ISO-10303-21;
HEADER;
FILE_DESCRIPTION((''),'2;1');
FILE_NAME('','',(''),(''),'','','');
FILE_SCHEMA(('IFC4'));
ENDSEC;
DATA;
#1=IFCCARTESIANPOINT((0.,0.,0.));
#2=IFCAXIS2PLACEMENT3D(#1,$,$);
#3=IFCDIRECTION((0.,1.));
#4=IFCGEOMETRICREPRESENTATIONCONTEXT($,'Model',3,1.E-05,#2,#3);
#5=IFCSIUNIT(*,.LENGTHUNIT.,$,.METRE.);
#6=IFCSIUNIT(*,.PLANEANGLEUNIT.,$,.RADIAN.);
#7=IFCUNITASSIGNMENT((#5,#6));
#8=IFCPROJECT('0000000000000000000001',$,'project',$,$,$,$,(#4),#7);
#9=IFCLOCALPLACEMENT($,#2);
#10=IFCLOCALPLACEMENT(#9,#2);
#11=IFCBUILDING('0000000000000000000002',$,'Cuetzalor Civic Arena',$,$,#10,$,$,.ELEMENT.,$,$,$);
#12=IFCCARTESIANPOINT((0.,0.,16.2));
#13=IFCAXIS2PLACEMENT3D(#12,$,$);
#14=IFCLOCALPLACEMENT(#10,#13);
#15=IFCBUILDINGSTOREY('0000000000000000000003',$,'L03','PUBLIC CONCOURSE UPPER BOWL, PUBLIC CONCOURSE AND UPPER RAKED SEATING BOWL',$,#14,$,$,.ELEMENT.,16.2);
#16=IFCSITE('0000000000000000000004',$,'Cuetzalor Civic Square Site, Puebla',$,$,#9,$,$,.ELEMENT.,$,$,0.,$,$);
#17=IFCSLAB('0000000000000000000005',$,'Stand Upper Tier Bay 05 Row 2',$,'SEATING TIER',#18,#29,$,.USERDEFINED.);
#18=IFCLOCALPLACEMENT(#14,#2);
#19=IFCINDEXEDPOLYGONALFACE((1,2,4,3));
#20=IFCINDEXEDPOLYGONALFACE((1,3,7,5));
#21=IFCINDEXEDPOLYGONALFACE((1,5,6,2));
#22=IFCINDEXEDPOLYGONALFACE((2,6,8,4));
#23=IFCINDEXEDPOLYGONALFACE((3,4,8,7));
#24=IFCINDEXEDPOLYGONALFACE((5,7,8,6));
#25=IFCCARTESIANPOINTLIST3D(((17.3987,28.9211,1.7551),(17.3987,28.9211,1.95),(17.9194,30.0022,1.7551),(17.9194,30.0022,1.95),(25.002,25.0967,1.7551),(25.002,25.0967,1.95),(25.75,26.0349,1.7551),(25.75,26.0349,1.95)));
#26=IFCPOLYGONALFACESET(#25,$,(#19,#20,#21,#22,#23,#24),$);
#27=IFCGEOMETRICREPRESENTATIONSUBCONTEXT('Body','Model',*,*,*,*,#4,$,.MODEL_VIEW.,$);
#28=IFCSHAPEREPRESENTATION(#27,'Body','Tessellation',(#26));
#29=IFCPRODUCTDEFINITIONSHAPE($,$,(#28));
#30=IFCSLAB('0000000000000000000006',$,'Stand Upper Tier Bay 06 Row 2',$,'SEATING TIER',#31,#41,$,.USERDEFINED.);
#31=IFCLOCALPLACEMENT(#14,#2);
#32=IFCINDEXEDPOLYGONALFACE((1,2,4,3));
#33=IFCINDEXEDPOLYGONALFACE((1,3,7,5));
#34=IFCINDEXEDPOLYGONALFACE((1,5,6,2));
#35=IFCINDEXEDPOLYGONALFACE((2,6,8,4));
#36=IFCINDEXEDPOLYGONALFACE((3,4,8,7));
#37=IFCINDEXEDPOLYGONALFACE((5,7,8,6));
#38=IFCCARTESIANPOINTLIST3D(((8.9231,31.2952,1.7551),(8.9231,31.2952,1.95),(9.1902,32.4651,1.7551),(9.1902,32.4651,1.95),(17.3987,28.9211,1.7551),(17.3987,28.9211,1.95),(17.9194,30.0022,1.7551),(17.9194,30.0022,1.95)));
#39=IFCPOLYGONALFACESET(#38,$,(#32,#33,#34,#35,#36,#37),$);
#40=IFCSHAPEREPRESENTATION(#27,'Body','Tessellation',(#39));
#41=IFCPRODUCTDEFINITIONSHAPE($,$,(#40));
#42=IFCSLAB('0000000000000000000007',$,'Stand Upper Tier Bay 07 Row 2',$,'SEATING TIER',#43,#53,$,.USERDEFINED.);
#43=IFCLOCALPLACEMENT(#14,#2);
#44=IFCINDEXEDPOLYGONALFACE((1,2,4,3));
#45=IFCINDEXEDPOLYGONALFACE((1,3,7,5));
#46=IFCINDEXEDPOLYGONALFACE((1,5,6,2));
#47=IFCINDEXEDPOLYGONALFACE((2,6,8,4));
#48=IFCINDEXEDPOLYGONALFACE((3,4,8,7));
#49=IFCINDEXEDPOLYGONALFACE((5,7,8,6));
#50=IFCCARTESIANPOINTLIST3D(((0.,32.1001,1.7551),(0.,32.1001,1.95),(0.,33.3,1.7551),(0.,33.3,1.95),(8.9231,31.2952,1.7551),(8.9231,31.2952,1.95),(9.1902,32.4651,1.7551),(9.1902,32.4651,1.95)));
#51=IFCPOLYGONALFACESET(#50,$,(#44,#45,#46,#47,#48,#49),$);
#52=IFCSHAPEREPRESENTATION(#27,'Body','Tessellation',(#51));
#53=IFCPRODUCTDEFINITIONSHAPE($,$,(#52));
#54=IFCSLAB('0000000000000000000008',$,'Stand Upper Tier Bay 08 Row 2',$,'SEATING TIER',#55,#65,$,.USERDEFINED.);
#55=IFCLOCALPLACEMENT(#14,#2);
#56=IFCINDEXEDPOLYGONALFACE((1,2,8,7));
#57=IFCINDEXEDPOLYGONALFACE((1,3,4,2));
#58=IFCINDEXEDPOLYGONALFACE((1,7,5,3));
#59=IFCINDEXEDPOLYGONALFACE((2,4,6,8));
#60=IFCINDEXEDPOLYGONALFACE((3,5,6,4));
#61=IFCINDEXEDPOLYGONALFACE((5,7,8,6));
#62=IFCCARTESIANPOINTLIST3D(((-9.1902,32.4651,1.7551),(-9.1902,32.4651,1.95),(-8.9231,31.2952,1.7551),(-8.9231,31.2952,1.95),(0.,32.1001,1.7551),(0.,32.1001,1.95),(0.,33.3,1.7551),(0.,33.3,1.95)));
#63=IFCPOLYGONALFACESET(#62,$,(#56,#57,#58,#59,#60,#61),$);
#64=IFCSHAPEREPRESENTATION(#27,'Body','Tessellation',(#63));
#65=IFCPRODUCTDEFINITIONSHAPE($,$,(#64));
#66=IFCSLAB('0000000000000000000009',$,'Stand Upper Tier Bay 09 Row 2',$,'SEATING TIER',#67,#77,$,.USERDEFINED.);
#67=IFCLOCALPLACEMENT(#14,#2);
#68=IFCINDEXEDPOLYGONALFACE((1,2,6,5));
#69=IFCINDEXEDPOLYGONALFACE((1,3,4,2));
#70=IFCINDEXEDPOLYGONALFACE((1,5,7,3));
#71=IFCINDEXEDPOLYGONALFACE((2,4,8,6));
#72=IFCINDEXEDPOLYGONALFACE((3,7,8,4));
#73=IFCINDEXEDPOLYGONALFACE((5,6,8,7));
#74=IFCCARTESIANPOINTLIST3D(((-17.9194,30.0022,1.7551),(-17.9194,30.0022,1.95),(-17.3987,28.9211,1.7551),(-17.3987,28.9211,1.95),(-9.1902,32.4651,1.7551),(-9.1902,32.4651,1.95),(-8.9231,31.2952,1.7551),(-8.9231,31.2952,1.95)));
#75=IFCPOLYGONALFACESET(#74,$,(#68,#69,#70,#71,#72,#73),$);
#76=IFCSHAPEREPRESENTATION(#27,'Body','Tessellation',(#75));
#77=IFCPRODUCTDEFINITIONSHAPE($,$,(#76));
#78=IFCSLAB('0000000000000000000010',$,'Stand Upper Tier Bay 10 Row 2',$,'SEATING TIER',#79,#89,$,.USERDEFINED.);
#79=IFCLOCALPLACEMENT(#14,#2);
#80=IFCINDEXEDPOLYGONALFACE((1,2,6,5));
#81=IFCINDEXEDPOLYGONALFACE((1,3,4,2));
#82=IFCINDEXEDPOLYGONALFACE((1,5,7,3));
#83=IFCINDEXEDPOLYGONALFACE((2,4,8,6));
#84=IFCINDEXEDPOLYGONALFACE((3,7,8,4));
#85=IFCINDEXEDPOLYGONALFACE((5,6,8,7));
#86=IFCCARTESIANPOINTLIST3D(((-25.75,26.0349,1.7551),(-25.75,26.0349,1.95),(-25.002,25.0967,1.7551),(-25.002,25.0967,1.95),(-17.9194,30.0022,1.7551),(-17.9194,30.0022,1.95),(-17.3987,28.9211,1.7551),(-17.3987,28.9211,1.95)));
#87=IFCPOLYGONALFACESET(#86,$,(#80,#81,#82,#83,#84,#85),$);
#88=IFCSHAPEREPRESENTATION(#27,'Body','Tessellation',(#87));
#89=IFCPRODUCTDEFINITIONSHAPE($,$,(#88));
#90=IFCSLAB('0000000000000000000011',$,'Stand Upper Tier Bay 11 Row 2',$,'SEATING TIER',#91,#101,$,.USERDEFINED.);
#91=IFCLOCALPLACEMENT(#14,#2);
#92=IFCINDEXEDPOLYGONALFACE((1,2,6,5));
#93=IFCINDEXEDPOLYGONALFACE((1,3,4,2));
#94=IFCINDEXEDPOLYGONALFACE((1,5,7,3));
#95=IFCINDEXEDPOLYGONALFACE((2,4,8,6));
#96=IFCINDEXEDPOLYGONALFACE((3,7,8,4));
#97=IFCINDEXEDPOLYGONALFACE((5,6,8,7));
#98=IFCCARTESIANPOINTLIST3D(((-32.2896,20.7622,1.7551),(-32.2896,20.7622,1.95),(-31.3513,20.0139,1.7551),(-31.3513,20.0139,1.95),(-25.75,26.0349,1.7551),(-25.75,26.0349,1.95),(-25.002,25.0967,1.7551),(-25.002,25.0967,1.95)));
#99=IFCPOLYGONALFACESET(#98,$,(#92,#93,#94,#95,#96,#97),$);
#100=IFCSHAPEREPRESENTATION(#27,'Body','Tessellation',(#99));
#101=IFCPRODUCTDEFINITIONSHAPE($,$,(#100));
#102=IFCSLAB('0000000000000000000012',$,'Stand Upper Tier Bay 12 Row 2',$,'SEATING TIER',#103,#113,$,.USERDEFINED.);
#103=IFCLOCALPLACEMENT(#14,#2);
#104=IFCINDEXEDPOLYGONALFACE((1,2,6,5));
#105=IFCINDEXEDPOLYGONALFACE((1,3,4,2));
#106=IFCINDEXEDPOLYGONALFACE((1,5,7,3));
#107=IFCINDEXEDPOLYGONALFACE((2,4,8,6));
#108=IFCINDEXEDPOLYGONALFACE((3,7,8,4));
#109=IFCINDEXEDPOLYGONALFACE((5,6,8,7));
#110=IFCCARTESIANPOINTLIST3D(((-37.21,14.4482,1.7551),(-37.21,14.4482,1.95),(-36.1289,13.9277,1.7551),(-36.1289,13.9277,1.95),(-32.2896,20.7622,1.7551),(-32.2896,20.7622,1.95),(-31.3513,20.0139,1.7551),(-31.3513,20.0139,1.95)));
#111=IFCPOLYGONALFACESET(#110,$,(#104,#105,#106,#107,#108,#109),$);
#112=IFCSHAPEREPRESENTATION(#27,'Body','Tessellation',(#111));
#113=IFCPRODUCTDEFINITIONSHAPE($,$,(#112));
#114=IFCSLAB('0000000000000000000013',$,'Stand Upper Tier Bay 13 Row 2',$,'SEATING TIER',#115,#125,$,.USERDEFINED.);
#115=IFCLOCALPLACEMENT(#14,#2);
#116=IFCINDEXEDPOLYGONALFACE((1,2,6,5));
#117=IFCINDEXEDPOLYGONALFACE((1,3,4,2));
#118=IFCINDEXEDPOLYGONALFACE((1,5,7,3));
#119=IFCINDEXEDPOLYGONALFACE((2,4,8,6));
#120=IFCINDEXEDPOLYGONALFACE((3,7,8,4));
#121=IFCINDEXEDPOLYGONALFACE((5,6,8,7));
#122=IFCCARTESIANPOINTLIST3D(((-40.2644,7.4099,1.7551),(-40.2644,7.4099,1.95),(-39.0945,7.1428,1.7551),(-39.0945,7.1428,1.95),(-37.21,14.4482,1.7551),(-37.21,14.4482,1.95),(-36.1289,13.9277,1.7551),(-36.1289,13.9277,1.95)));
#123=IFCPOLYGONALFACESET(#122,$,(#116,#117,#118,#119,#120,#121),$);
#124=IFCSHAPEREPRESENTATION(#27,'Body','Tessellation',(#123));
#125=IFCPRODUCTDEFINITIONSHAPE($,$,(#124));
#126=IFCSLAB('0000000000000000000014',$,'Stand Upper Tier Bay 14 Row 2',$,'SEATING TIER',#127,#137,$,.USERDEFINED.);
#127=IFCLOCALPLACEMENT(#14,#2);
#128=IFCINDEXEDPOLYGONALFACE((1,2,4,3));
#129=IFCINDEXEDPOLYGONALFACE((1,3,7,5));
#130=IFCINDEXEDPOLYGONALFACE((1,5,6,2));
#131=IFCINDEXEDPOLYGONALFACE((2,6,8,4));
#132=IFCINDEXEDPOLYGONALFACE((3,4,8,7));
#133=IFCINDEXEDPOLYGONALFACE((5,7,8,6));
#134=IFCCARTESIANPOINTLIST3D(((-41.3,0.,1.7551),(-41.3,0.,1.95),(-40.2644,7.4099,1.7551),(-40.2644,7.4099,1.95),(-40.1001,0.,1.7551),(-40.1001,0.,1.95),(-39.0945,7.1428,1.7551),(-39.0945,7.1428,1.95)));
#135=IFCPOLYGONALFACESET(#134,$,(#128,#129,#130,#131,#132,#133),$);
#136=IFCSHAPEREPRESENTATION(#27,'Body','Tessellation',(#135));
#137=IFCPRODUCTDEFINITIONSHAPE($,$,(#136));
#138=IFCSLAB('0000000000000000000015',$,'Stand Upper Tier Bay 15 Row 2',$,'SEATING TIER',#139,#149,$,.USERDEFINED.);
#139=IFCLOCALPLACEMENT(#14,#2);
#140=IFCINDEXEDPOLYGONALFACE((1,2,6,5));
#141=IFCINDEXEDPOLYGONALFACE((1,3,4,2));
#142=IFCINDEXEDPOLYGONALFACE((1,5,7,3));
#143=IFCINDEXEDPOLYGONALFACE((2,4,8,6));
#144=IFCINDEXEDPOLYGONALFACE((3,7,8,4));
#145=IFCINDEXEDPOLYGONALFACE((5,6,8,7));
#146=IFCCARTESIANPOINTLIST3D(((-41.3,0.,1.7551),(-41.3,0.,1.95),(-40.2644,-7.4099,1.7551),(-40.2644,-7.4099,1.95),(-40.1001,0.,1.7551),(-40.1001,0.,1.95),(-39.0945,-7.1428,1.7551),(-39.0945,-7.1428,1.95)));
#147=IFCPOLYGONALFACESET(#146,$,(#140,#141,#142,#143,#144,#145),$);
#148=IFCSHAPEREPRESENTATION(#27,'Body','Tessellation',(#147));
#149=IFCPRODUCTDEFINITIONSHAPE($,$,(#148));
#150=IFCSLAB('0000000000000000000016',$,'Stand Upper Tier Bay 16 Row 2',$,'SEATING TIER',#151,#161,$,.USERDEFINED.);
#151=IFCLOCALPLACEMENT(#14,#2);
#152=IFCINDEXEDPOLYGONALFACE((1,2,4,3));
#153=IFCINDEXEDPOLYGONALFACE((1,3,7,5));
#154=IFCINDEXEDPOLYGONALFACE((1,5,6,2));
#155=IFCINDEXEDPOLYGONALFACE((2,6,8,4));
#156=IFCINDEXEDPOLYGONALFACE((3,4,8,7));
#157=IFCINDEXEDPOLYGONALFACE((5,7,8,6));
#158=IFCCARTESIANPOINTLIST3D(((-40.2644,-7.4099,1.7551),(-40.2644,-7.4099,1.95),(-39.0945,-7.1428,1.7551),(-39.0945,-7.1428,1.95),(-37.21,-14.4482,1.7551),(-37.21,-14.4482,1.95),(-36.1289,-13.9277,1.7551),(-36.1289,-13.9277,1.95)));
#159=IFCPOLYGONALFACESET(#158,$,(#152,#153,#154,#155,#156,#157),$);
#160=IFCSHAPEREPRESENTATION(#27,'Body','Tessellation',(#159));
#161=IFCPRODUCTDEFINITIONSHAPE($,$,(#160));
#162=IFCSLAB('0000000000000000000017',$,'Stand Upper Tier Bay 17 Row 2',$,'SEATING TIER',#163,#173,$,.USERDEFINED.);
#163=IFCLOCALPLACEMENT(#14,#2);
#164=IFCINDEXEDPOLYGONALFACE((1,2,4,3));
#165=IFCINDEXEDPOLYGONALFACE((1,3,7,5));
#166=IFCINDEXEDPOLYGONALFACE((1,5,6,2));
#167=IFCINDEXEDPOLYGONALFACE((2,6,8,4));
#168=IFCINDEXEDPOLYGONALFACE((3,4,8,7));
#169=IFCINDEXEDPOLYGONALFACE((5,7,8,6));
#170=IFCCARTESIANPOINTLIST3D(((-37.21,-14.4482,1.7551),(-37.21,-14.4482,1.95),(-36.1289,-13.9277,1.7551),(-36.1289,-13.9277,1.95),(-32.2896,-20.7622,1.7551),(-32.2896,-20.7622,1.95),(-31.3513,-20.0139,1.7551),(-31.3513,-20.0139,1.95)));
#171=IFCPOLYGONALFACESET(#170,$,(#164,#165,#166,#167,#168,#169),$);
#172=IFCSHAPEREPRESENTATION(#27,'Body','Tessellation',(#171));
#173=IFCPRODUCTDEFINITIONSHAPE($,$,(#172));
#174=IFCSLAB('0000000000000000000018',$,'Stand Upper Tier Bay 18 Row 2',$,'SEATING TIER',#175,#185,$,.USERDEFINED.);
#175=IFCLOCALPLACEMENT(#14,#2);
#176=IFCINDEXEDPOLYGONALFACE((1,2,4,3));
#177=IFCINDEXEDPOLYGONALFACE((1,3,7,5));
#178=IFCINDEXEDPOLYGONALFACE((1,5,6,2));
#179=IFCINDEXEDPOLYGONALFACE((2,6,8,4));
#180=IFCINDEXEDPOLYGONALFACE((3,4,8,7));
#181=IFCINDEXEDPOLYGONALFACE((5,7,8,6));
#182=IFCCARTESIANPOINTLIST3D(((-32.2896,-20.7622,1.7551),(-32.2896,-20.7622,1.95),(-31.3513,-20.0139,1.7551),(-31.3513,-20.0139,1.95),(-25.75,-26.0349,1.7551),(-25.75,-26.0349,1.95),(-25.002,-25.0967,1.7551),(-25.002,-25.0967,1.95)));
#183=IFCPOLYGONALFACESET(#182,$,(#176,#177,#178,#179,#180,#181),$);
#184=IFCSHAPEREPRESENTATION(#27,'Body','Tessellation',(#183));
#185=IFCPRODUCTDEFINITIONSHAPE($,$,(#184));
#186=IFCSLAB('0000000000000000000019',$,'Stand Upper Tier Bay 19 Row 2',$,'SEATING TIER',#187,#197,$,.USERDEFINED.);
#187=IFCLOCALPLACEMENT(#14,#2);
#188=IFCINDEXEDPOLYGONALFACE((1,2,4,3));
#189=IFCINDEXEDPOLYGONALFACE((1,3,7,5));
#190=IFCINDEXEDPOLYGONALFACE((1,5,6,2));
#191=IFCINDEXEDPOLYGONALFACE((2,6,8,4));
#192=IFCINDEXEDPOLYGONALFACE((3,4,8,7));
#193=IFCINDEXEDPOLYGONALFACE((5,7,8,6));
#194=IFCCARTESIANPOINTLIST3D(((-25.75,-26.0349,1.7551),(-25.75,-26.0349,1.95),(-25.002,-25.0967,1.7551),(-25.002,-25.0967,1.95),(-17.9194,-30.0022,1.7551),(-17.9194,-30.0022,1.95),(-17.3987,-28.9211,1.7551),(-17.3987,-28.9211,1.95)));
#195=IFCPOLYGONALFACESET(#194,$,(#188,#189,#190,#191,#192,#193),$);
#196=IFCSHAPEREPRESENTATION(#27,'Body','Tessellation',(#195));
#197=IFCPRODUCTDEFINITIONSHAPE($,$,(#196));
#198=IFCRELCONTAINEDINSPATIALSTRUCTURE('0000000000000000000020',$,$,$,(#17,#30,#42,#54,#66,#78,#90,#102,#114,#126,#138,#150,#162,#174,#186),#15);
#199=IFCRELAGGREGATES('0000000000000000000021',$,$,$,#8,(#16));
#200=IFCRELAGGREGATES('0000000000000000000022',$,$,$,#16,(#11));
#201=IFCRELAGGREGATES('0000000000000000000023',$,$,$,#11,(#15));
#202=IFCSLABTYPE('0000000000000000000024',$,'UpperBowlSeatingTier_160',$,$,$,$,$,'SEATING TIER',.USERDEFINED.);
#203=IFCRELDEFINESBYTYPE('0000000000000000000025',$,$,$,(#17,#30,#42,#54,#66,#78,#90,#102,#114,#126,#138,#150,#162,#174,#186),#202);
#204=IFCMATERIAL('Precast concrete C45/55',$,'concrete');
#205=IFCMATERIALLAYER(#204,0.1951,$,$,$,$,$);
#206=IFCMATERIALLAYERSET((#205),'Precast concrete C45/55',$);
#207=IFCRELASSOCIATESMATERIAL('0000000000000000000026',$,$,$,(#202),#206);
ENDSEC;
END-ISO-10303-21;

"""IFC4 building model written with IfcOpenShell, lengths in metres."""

from ifc_helpers import new_model, si_unit, direction, frame, origin, place, context, subcontext, project, spatial, polyline, outline, extrude, material, layer, layer_set, type_object, element, save


model = new_model("IFC4")

# Units and contexts
model_context = context("Model", 3, precision=1e-05, world=origin(), true_north=direction((0.0, 1.0)))
body_context = subcontext(model_context, "Body", "Model", "MODEL_VIEW")
ifc_project = project(units=[si_unit("LENGTHUNIT", "METRE"), si_unit("PLANEANGLEUNIT", "RADIAN")], contexts=[model_context])

# Site, building, storey
site_placement = place(None, origin())
site = spatial("IfcSite", under=ifc_project, at=site_placement, Name="Cuetzalor Civic Square Site, Puebla", CompositionType="ELEMENT", RefElevation=0.0)
building_placement = place(site_placement, origin())
building = spatial("IfcBuilding", under=site, at=building_placement, Name="Cuetzalor Civic Arena", CompositionType="ELEMENT")
storey_placement = place(building_placement, frame((0.0, 0.0, 16.2)))
storey = spatial("IfcBuildingStorey", under=building, at=storey_placement, Name="L03", Description="PUBLIC CONCOURSE UPPER BOWL, PUBLIC CONCOURSE AND UPPER RAKED SEATING BOWL", CompositionType="ELEMENT", Elevation=16.2)

# Slabs
ifc_material = material(Name="Precast concrete C45/55", Category="concrete")
ifc_layer = layer(ifc_material, 0.1951)
ifc_layer_set = layer_set([ifc_layer], Name="Precast concrete C45/55")
slab_type = type_object("IfcSlabType", Name="UpperBowlSeatingTier_160", ElementType="SEATING TIER", PredefinedType="USERDEFINED", material=ifc_layer_set)
slab_1_placement = place(storey_placement, frame((0.0, 0.0, 1.7551)))
element("IfcSlab", 1, at=slab_1_placement, inside=storey, type_object=slab_type, Name="Stand Upper Tier Bay 05 Row 2", ObjectType="SEATING TIER", PredefinedType="USERDEFINED", context=body_context, shape_type="SweptSolid", body=[
    extrude(outline(polyline([(25.002, 25.0967), (17.3987, 28.9211), (17.9194, 30.0022), (25.75, 26.0349), (25.002, 25.0967)])), origin(), (0.0, 0.0, 1.0), 0.1948),
])
slab_2_placement = place(storey_placement, frame((0.0, 0.0, 1.7551)))
element("IfcSlab", 2, at=slab_2_placement, inside=storey, type_object=slab_type, Name="Stand Upper Tier Bay 06 Row 2", ObjectType="SEATING TIER", PredefinedType="USERDEFINED", context=body_context, shape_type="SweptSolid", body=[
    extrude(outline(polyline([(17.3987, 28.9211), (8.9231, 31.2952), (9.1902, 32.4651), (17.9194, 30.0022), (17.3987, 28.9211)])), origin(), (0.0, 0.0, 1.0), 0.1948),
])
slab_3_placement = place(storey_placement, frame((0.0, 0.0, 1.7551)))
element("IfcSlab", 3, at=slab_3_placement, inside=storey, type_object=slab_type, Name="Stand Upper Tier Bay 07 Row 2", ObjectType="SEATING TIER", PredefinedType="USERDEFINED", context=body_context, shape_type="SweptSolid", body=[
    extrude(outline(polyline([(8.9231, 31.2952), (0.0, 32.1001), (0.0, 33.3), (9.1902, 32.4651), (8.9231, 31.2952)])), origin(), (0.0, 0.0, 1.0), 0.1948),
])
slab_4_placement = place(storey_placement, frame((0.0, 0.0, 1.7551)))
element("IfcSlab", 4, at=slab_4_placement, inside=storey, type_object=slab_type, Name="Stand Upper Tier Bay 08 Row 2", ObjectType="SEATING TIER", PredefinedType="USERDEFINED", context=body_context, shape_type="SweptSolid", body=[
    extrude(outline(polyline([(0.0, 32.1001), (-8.9231, 31.2952), (-9.1902, 32.4651), (0.0, 33.3), (0.0, 32.1001)])), origin(), (0.0, 0.0, 1.0), 0.1948),
])
slab_5_placement = place(storey_placement, frame((0.0, 0.0, 1.7551)))
element("IfcSlab", 5, at=slab_5_placement, inside=storey, type_object=slab_type, Name="Stand Upper Tier Bay 09 Row 2", ObjectType="SEATING TIER", PredefinedType="USERDEFINED", context=body_context, shape_type="SweptSolid", body=[
    extrude(outline(polyline([(-8.9231, 31.2952), (-17.3987, 28.9211), (-17.9194, 30.0022), (-9.1902, 32.4651), (-8.9231, 31.2952)])), origin(), (0.0, 0.0, 1.0), 0.1948),
])
slab_6_placement = place(storey_placement, frame((0.0, 0.0, 1.7551)))
element("IfcSlab", 6, at=slab_6_placement, inside=storey, type_object=slab_type, Name="Stand Upper Tier Bay 10 Row 2", ObjectType="SEATING TIER", PredefinedType="USERDEFINED", context=body_context, shape_type="SweptSolid", body=[
    extrude(outline(polyline([(-17.3987, 28.9211), (-25.002, 25.0967), (-25.75, 26.0349), (-17.9194, 30.0022), (-17.3987, 28.9211)])), origin(), (0.0, 0.0, 1.0), 0.1948),
])
slab_7_placement = place(storey_placement, frame((0.0, 0.0, 1.7551)))
element("IfcSlab", 7, at=slab_7_placement, inside=storey, type_object=slab_type, Name="Stand Upper Tier Bay 11 Row 2", ObjectType="SEATING TIER", PredefinedType="USERDEFINED", context=body_context, shape_type="SweptSolid", body=[
    extrude(outline(polyline([(-25.002, 25.0967), (-31.3513, 20.0139), (-32.2896, 20.7622), (-25.75, 26.0349), (-25.002, 25.0967)])), origin(), (0.0, 0.0, 1.0), 0.1948),
])
slab_8_placement = place(storey_placement, frame((0.0, 0.0, 1.7551)))
element("IfcSlab", 8, at=slab_8_placement, inside=storey, type_object=slab_type, Name="Stand Upper Tier Bay 12 Row 2", ObjectType="SEATING TIER", PredefinedType="USERDEFINED", context=body_context, shape_type="SweptSolid", body=[
    extrude(outline(polyline([(-31.3513, 20.0139), (-36.1289, 13.9277), (-37.21, 14.4482), (-32.2896, 20.7622), (-31.3513, 20.0139)])), origin(), (0.0, 0.0, 1.0), 0.1948),
])
slab_9_placement = place(storey_placement, frame((0.0, 0.0, 1.7551)))
element("IfcSlab", 9, at=slab_9_placement, inside=storey, type_object=slab_type, Name="Stand Upper Tier Bay 13 Row 2", ObjectType="SEATING TIER", PredefinedType="USERDEFINED", context=body_context, shape_type="SweptSolid", body=[
    extrude(outline(polyline([(-36.1289, 13.9277), (-39.0945, 7.1428), (-40.2644, 7.4099), (-37.21, 14.4482), (-36.1289, 13.9277)])), origin(), (0.0, 0.0, 1.0), 0.1948),
])
slab_10_placement = place(storey_placement, frame((0.0, 0.0, 1.7551)))
element("IfcSlab", 10, at=slab_10_placement, inside=storey, type_object=slab_type, Name="Stand Upper Tier Bay 14 Row 2", ObjectType="SEATING TIER", PredefinedType="USERDEFINED", context=body_context, shape_type="SweptSolid", body=[
    extrude(outline(polyline([(-39.0945, 7.1428), (-40.1001, 0.0), (-41.3, 0.0), (-40.2644, 7.4099), (-39.0945, 7.1428)])), origin(), (0.0, 0.0, 1.0), 0.1948),
])
slab_11_placement = place(storey_placement, frame((0.0, 0.0, 1.7551)))
element("IfcSlab", 11, at=slab_11_placement, inside=storey, type_object=slab_type, Name="Stand Upper Tier Bay 15 Row 2", ObjectType="SEATING TIER", PredefinedType="USERDEFINED", context=body_context, shape_type="SweptSolid", body=[
    extrude(outline(polyline([(-40.1001, 0.0), (-39.0945, -7.1428), (-40.2644, -7.4099), (-41.3, 0.0), (-40.1001, 0.0)])), origin(), (0.0, 0.0, 1.0), 0.1948),
])
slab_12_placement = place(storey_placement, frame((0.0, 0.0, 1.7551)))
element("IfcSlab", 12, at=slab_12_placement, inside=storey, type_object=slab_type, Name="Stand Upper Tier Bay 16 Row 2", ObjectType="SEATING TIER", PredefinedType="USERDEFINED", context=body_context, shape_type="SweptSolid", body=[
    extrude(outline(polyline([(-39.0945, -7.1428), (-36.1289, -13.9277), (-37.21, -14.4482), (-40.2644, -7.4099), (-39.0945, -7.1428)])), origin(), (0.0, 0.0, 1.0), 0.1948),
])
slab_13_placement = place(storey_placement, frame((0.0, 0.0, 1.7551)))
element("IfcSlab", 13, at=slab_13_placement, inside=storey, type_object=slab_type, Name="Stand Upper Tier Bay 17 Row 2", ObjectType="SEATING TIER", PredefinedType="USERDEFINED", context=body_context, shape_type="SweptSolid", body=[
    extrude(outline(polyline([(-36.1289, -13.9277), (-31.3513, -20.0139), (-32.2896, -20.7622), (-37.21, -14.4482), (-36.1289, -13.9277)])), origin(), (0.0, 0.0, 1.0), 0.1948),
])
slab_14_placement = place(storey_placement, frame((0.0, 0.0, 1.7551)))
element("IfcSlab", 14, at=slab_14_placement, inside=storey, type_object=slab_type, Name="Stand Upper Tier Bay 18 Row 2", ObjectType="SEATING TIER", PredefinedType="USERDEFINED", context=body_context, shape_type="SweptSolid", body=[
    extrude(outline(polyline([(-31.3513, -20.0139), (-25.002, -25.0967), (-25.75, -26.0349), (-32.2896, -20.7622), (-31.3513, -20.0139)])), origin(), (0.0, 0.0, 1.0), 0.1948),
])
slab_15_placement = place(storey_placement, frame((0.0, 0.0, 1.7551)))
element("IfcSlab", 15, at=slab_15_placement, inside=storey, type_object=slab_type, Name="Stand Upper Tier Bay 19 Row 2", ObjectType="SEATING TIER", PredefinedType="USERDEFINED", context=body_context, shape_type="SweptSolid", body=[
    extrude(outline(polyline([(-25.002, -25.0967), (-17.3987, -28.9211), (-17.9194, -30.0022), (-25.75, -26.0349), (-25.002, -25.0967)])), origin(), (0.0, 0.0, 1.0), 0.1948),
])

save(model, "model.ifc")
